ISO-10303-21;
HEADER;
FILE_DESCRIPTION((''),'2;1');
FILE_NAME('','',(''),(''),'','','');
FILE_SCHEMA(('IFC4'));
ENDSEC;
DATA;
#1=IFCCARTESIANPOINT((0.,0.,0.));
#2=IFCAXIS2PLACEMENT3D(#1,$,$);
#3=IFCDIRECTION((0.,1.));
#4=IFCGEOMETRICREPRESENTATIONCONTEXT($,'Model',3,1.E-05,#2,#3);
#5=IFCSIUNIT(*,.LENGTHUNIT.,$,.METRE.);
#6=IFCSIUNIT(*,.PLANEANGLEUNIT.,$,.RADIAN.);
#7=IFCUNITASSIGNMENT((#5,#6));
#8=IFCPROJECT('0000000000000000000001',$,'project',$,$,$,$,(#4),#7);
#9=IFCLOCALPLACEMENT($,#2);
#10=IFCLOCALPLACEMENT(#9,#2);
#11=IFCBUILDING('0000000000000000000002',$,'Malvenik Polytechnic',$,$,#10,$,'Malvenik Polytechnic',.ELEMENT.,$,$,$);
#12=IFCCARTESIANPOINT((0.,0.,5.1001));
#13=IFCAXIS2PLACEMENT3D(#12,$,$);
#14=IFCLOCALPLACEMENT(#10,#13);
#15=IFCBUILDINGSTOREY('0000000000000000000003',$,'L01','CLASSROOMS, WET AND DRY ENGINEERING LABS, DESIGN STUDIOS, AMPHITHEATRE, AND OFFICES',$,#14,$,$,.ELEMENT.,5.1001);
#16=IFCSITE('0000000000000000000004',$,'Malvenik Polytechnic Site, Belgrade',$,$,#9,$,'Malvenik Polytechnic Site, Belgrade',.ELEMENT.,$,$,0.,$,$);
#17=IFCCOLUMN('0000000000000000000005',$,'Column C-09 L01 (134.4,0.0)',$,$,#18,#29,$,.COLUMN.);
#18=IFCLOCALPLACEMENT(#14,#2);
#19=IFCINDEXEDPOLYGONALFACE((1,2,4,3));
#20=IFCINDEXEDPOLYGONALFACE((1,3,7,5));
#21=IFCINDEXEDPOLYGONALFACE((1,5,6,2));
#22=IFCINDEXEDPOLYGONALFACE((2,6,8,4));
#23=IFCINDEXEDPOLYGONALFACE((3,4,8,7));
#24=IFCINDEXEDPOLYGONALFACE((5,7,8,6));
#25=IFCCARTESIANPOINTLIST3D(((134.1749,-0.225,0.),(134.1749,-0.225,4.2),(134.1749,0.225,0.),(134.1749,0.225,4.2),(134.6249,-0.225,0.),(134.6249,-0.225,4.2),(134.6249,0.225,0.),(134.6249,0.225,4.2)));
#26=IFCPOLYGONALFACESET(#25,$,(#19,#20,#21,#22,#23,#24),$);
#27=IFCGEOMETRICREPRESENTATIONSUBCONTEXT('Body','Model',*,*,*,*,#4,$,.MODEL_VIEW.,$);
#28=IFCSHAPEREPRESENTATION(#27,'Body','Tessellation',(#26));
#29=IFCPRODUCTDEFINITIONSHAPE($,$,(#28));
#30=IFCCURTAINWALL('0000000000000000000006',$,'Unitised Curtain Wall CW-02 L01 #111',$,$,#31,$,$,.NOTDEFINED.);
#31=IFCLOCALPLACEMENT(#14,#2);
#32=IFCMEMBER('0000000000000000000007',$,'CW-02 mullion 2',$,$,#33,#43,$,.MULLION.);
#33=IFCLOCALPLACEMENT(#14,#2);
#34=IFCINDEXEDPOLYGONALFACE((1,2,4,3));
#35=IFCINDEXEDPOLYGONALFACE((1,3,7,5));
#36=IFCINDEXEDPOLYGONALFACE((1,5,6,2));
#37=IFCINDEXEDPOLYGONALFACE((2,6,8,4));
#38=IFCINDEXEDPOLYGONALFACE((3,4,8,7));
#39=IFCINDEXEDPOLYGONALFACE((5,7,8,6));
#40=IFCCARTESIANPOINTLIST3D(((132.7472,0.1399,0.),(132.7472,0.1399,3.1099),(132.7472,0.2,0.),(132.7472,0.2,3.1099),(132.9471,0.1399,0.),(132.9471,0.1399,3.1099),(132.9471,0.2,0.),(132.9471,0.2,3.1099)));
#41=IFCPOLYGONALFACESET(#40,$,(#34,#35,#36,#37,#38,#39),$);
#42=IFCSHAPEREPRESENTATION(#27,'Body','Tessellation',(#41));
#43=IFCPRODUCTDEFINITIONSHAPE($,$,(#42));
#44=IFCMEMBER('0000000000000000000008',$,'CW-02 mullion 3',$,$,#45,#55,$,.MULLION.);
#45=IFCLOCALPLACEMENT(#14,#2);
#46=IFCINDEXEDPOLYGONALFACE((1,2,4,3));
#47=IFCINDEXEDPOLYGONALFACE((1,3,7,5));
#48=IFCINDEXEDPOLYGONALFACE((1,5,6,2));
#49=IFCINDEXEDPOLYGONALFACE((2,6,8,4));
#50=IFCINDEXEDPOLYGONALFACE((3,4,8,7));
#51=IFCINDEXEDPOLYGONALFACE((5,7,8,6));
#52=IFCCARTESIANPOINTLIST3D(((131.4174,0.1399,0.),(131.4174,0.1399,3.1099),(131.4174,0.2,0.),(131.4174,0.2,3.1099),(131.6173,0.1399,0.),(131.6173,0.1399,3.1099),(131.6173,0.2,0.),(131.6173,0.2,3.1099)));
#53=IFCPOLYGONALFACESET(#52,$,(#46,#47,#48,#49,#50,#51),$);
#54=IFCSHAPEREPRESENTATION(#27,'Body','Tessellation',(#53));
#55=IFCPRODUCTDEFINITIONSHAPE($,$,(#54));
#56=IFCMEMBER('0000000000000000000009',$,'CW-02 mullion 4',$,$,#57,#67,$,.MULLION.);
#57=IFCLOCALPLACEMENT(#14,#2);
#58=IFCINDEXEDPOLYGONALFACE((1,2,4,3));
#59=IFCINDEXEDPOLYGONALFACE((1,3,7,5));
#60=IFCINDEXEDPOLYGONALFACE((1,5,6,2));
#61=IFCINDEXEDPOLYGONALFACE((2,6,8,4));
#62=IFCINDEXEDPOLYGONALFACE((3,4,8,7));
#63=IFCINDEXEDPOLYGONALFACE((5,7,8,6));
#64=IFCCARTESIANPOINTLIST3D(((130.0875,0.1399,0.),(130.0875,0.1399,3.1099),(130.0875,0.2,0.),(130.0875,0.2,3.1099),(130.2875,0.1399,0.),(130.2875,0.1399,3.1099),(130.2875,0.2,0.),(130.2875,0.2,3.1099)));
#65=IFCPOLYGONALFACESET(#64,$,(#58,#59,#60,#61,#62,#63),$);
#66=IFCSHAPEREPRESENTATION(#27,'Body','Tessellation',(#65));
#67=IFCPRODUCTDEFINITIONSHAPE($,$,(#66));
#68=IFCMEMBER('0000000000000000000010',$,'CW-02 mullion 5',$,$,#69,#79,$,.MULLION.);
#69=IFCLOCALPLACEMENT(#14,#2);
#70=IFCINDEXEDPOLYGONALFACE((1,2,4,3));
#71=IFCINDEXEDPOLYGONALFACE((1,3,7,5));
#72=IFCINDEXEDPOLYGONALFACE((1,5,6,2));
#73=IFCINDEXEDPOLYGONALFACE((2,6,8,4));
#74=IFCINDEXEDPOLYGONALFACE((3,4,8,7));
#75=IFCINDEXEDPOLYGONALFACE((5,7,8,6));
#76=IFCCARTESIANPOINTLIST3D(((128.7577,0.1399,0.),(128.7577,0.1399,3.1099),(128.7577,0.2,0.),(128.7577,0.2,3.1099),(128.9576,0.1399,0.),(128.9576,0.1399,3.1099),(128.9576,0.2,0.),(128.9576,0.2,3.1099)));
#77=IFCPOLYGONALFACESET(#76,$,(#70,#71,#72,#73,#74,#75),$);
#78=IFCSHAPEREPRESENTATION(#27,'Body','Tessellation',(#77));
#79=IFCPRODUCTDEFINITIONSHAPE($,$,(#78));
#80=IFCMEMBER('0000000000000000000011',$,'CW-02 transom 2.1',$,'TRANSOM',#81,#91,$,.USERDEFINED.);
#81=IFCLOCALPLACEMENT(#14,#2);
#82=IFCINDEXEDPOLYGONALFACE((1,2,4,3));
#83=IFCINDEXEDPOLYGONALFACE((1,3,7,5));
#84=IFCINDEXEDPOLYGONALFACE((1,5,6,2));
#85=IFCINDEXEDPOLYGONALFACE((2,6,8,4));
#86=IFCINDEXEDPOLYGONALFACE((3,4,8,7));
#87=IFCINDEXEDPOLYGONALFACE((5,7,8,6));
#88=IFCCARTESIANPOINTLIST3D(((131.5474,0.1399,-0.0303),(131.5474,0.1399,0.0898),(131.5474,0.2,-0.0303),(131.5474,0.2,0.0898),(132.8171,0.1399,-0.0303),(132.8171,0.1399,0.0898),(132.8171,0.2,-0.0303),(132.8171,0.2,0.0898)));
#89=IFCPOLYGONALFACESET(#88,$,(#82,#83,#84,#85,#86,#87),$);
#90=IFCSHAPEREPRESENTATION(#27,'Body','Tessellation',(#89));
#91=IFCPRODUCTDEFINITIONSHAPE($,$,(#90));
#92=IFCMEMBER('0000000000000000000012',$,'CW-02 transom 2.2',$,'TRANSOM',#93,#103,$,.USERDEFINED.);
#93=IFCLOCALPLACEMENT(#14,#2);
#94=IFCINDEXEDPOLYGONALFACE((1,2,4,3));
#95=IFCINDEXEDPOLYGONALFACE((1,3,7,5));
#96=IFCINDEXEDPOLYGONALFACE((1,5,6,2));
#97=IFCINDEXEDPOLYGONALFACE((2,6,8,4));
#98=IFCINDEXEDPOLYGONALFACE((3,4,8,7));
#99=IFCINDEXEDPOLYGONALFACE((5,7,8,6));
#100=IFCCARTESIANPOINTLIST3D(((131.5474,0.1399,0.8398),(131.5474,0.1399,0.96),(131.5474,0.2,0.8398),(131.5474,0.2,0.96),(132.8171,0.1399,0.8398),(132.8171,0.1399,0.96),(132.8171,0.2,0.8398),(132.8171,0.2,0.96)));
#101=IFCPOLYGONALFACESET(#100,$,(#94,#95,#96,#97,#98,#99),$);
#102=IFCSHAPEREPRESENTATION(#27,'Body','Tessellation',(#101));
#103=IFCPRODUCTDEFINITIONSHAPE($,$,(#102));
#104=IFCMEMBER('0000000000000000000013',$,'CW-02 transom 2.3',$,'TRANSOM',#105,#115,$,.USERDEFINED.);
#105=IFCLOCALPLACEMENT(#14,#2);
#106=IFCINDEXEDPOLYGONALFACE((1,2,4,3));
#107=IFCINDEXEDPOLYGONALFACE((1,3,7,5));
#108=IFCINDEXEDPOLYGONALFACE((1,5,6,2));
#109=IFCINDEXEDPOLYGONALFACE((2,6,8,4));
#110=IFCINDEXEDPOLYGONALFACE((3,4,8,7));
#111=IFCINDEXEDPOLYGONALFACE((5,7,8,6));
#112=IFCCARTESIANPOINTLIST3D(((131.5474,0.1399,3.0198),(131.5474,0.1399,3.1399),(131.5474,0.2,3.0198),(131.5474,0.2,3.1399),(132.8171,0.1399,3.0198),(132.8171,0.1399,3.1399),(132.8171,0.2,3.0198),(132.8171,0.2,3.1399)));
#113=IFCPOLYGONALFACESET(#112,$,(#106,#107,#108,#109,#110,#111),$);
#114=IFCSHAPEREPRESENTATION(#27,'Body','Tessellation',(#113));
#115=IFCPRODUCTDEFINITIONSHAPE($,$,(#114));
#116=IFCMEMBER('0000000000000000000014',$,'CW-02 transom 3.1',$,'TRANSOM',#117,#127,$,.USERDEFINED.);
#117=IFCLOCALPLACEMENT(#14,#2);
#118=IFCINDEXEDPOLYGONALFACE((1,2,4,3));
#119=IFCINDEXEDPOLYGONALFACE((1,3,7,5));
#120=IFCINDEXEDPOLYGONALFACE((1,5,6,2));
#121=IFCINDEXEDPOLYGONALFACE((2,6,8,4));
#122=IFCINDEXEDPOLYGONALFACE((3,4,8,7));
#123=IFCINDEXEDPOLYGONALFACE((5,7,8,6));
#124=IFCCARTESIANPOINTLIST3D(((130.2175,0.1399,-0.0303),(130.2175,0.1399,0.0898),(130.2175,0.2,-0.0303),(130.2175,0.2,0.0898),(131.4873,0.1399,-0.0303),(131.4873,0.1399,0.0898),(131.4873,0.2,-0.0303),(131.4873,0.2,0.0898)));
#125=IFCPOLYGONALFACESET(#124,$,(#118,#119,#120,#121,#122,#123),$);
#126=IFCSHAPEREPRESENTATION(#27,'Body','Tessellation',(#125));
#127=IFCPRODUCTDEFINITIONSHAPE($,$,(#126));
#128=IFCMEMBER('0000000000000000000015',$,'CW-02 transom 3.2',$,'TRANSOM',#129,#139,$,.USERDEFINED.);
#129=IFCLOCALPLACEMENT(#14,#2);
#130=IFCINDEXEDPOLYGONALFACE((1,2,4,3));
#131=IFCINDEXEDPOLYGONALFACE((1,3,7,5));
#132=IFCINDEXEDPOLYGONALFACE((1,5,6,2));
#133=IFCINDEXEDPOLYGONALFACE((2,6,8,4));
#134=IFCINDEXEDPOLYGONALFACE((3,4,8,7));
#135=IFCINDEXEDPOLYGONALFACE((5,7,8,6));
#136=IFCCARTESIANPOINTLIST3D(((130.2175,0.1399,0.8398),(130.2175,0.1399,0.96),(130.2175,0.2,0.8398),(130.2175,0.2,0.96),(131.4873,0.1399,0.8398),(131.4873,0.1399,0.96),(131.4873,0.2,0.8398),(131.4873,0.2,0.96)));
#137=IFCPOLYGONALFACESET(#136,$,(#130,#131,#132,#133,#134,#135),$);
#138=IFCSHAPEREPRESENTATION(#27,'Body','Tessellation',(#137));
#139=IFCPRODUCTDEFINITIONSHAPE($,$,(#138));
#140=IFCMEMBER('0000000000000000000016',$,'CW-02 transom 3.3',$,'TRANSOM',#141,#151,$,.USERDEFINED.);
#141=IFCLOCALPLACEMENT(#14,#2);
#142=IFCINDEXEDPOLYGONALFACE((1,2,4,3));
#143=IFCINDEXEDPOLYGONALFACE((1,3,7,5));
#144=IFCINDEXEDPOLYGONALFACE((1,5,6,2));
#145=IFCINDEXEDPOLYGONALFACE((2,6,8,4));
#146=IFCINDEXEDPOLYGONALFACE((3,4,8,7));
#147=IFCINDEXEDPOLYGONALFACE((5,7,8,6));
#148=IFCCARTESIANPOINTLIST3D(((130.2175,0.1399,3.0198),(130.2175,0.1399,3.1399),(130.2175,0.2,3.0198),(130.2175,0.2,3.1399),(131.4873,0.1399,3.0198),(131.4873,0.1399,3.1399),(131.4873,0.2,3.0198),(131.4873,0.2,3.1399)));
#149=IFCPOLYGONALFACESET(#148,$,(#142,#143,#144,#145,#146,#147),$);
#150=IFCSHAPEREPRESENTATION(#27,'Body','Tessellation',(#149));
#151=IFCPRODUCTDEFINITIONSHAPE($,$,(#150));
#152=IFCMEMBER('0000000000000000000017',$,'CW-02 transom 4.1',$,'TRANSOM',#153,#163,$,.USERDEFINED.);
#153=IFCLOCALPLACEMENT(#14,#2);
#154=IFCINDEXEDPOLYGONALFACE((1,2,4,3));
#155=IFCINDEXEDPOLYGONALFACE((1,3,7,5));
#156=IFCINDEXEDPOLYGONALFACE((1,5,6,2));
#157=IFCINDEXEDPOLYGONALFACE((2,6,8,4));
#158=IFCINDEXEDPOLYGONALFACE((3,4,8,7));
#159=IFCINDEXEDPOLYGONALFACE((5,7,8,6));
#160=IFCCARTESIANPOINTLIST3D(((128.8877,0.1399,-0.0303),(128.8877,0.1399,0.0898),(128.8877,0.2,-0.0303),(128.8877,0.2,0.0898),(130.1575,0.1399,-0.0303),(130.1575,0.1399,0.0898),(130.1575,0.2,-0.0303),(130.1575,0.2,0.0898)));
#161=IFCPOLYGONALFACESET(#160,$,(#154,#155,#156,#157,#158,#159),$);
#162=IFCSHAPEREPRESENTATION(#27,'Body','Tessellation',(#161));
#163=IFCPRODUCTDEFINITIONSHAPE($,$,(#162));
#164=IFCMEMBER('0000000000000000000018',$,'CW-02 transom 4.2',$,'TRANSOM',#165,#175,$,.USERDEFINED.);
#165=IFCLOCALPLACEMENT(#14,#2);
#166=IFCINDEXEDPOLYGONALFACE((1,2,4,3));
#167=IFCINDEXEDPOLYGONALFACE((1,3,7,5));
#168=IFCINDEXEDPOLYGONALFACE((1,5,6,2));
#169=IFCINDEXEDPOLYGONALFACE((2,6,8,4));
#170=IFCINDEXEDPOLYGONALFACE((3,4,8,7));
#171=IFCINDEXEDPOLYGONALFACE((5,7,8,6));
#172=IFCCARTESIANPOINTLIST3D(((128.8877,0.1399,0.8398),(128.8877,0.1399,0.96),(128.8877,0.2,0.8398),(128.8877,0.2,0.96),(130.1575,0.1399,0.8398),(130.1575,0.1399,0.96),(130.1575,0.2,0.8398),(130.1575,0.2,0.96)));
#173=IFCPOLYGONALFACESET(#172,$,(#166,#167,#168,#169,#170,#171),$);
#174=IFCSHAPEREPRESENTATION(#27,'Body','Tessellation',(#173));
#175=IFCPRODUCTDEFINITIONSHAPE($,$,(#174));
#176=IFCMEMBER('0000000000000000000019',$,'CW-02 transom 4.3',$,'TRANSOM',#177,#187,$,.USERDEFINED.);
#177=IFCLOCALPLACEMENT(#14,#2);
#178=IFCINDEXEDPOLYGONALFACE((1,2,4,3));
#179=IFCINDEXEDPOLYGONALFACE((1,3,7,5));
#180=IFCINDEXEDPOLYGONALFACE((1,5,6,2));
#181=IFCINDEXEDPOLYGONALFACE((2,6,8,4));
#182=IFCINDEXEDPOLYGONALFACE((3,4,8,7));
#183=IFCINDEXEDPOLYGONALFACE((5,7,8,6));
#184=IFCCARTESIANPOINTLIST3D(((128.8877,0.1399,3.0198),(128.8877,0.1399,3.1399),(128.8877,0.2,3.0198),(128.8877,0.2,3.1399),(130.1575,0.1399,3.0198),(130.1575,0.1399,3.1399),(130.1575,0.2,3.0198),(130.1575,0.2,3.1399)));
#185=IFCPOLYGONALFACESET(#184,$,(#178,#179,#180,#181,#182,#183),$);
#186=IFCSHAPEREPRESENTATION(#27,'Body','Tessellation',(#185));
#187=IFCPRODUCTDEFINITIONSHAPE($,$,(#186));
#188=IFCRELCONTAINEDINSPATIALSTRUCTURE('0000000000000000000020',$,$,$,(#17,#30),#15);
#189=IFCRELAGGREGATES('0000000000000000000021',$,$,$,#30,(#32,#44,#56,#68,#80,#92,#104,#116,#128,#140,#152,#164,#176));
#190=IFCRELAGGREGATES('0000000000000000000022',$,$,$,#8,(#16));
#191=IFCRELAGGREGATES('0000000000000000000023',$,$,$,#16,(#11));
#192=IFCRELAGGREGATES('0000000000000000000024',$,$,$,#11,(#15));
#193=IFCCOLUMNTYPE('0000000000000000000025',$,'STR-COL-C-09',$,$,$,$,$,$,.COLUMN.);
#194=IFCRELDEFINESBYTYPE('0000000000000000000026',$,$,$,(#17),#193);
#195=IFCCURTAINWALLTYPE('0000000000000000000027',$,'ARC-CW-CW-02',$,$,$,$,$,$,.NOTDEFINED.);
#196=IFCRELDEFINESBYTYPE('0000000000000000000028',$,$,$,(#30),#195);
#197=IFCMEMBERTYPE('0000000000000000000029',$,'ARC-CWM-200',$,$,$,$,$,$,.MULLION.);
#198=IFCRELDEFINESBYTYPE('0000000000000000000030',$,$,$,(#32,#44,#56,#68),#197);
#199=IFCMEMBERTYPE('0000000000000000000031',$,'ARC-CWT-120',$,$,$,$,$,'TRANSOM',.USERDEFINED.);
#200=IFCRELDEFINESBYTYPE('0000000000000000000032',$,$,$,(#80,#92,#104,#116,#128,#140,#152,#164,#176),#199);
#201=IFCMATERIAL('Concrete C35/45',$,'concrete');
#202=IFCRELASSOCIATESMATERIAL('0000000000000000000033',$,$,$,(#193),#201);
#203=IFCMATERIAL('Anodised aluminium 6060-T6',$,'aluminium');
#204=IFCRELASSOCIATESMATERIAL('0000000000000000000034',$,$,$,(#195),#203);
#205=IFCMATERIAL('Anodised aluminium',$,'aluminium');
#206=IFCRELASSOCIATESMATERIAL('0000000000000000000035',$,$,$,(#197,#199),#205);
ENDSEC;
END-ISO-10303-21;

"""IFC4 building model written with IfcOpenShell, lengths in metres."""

from ifc_helpers import new_model, si_unit, direction, frame, origin, origin_2d, place, context, subcontext, project, spatial, rectangle, extrude, material, material_profile, profile_set, type_object, element, aggregate, save


model = new_model("IFC4")

# Units and contexts
model_context = context("Model", 3, precision=1e-05, world=origin(), true_north=direction((0.0, 1.0)))
body_context = subcontext(model_context, "Body", "Model", "MODEL_VIEW")
ifc_project = project(units=[si_unit("LENGTHUNIT", "METRE"), si_unit("PLANEANGLEUNIT", "RADIAN")], contexts=[model_context])

# Site, building, storey
site_placement = place(None, origin())
site = spatial("IfcSite", under=ifc_project, at=site_placement, Name="Malvenik Polytechnic Site, Belgrade", LongName="Malvenik Polytechnic Site, Belgrade", CompositionType="ELEMENT", RefElevation=0.0)
building_placement = place(site_placement, origin())
building = spatial("IfcBuilding", under=site, at=building_placement, Name="Malvenik Polytechnic", LongName="Malvenik Polytechnic", CompositionType="ELEMENT")
storey_placement = place(building_placement, frame((0.0, 0.0, 5.1001)))
storey = spatial("IfcBuildingStorey", under=building, at=storey_placement, Name="L01", Description="CLASSROOMS, WET AND DRY ENGINEERING LABS, DESIGN STUDIOS, AMPHITHEATRE, AND OFFICES", CompositionType="ELEMENT", Elevation=5.1001)

# Column
ifc_material_1 = material(Name="Concrete C35/45", Category="concrete")
ifc_material_profile_1 = material_profile(ifc_material_1, rectangle(XDim=0.45, YDim=0.45, at=origin_2d()), Name="RC COL 450x450")
ifc_profile_set_1 = profile_set([ifc_material_profile_1], Name="Concrete C35/45")
column_type = type_object("IfcColumnType", Name="STR-COL-C-09", PredefinedType="COLUMN", material=ifc_profile_set_1)
column_placement = place(storey_placement, frame((134.3999, 0.0, 0.0), z_axis=(0.0, 0.0, 1.0), x_axis=(1.0, 0.0, 0.0)))
element("IfcColumn", 1, at=column_placement, inside=storey, type_object=column_type, Name="Column C-09 L01 (134.4,0.0)", PredefinedType="COLUMN", context=body_context, shape_type="SweptSolid", body=[
    extrude(rectangle(XDim=0.45, YDim=0.45, at=origin_2d()), origin(), (0.0, 0.0, 1.0), 4.2),
])

# Curtain wall, members
ifc_material_2 = material(Name="Anodised aluminium 6060-T6", Category="aluminium")
curtain_wall_type = type_object("IfcCurtainWallType", Name="ARC-CW-CW-02", PredefinedType="NOTDEFINED", material=ifc_material_2)
curtain_wall_placement = place(storey_placement, origin())
curtain_wall = element("IfcCurtainWall", 2, at=curtain_wall_placement, inside=storey, type_object=curtain_wall_type, Name="Unitised Curtain Wall CW-02 L01 #111", PredefinedType="NOTDEFINED")
ifc_material_3 = material(Name="Anodised aluminium", Category="aluminium")
ifc_material_profile_2 = material_profile(ifc_material_3, rectangle(XDim=0.0601, YDim=0.2, at=origin_2d()), Name="ALU MULLION 60x200")
ifc_profile_set_2 = profile_set([ifc_material_profile_2], Name="Anodised aluminium")
member_type_1 = type_object("IfcMemberType", Name="ARC-CWM-200", PredefinedType="MULLION", material=ifc_profile_set_2)
member_1_placement = place(storey_placement, frame((132.8472, 0.1699, 0.0), z_axis=(0.0, 0.0, 1.0), x_axis=(0.0, -1.0, 0.0)))
member_1 = element("IfcMember", 3, at=member_1_placement, type_object=member_type_1, Name="CW-02 mullion 2", PredefinedType="MULLION", context=body_context, shape_type="SweptSolid", body=[
    extrude(rectangle(XDim=0.0601, YDim=0.2, at=origin_2d()), origin(), (0.0, 0.0, 1.0), 3.1099),
])
member_2_placement = place(storey_placement, frame((131.5173, 0.1699, 0.0), z_axis=(0.0, 0.0, 1.0), x_axis=(0.0, -1.0, 0.0)))
member_2 = element("IfcMember", 4, at=member_2_placement, type_object=member_type_1, Name="CW-02 mullion 3", PredefinedType="MULLION", context=body_context, shape_type="SweptSolid", body=[
    extrude(rectangle(XDim=0.0601, YDim=0.2, at=origin_2d()), origin(), (0.0, 0.0, 1.0), 3.1099),
])
member_3_placement = place(storey_placement, frame((130.1875, 0.1699, 0.0), z_axis=(0.0, 0.0, 1.0), x_axis=(0.0, -1.0, 0.0)))
member_3 = element("IfcMember", 5, at=member_3_placement, type_object=member_type_1, Name="CW-02 mullion 4", PredefinedType="MULLION", context=body_context, shape_type="SweptSolid", body=[
    extrude(rectangle(XDim=0.0601, YDim=0.2, at=origin_2d()), origin(), (0.0, 0.0, 1.0), 3.1099),
])
member_4_placement = place(storey_placement, frame((128.8577, 0.1699, 0.0), z_axis=(0.0, 0.0, 1.0), x_axis=(0.0, -1.0, 0.0)))
member_4 = element("IfcMember", 6, at=member_4_placement, type_object=member_type_1, Name="CW-02 mullion 5", PredefinedType="MULLION", context=body_context, shape_type="SweptSolid", body=[
    extrude(rectangle(XDim=0.0601, YDim=0.2, at=origin_2d()), origin(), (0.0, 0.0, 1.0), 3.1099),
])
ifc_material_profile_3 = material_profile(ifc_material_3, rectangle(XDim=0.0601, YDim=0.1201, at=origin_2d()), Name="ALU TRANSOM 60x120")
ifc_profile_set_3 = profile_set([ifc_material_profile_3], Name="Anodised aluminium")
member_type_2 = type_object("IfcMemberType", Name="ARC-CWT-120", ElementType="TRANSOM", PredefinedType="USERDEFINED", material=ifc_profile_set_3)
member_5_placement = place(storey_placement, frame((132.8171, 0.1699, 0.0298), z_axis=(-1.0, 0.0, 0.0), x_axis=(0.0, -1.0, 0.0)))
member_5 = element("IfcMember", 7, at=member_5_placement, type_object=member_type_2, Name="CW-02 transom 2.1", ObjectType="TRANSOM", PredefinedType="USERDEFINED", context=body_context, shape_type="SweptSolid", body=[
    extrude(rectangle(XDim=0.0601, YDim=0.1201, at=origin_2d()), origin(), (0.0, 0.0, 1.0), 1.2698),
])
member_6_placement = place(storey_placement, frame((132.8171, 0.1699, 0.8999), z_axis=(-1.0, 0.0, 0.0), x_axis=(0.0, -1.0, 0.0)))
member_6 = element("IfcMember", 8, at=member_6_placement, type_object=member_type_2, Name="CW-02 transom 2.2", ObjectType="TRANSOM", PredefinedType="USERDEFINED", context=body_context, shape_type="SweptSolid", body=[
    extrude(rectangle(XDim=0.0601, YDim=0.1201, at=origin_2d()), origin(), (0.0, 0.0, 1.0), 1.2698),
])
member_7_placement = place(storey_placement, frame((132.8171, 0.1699, 3.0798), z_axis=(-1.0, 0.0, 0.0), x_axis=(0.0, -1.0, 0.0)))
member_7 = element("IfcMember", 9, at=member_7_placement, type_object=member_type_2, Name="CW-02 transom 2.3", ObjectType="TRANSOM", PredefinedType="USERDEFINED", context=body_context, shape_type="SweptSolid", body=[
    extrude(rectangle(XDim=0.0601, YDim=0.1201, at=origin_2d()), origin(), (0.0, 0.0, 1.0), 1.2698),
])
member_8_placement = place(storey_placement, frame((131.4873, 0.1699, 0.0298), z_axis=(-1.0, 0.0, 0.0), x_axis=(0.0, -1.0, 0.0)))
member_8 = element("IfcMember", 10, at=member_8_placement, type_object=member_type_2, Name="CW-02 transom 3.1", ObjectType="TRANSOM", PredefinedType="USERDEFINED", context=body_context, shape_type="SweptSolid", body=[
    extrude(rectangle(XDim=0.0601, YDim=0.1201, at=origin_2d()), origin(), (0.0, 0.0, 1.0), 1.2698),
])
member_9_placement = place(storey_placement, frame((131.4873, 0.1699, 0.8999), z_axis=(-1.0, 0.0, 0.0), x_axis=(0.0, -1.0, 0.0)))
member_9 = element("IfcMember", 11, at=member_9_placement, type_object=member_type_2, Name="CW-02 transom 3.2", ObjectType="TRANSOM", PredefinedType="USERDEFINED", context=body_context, shape_type="SweptSolid", body=[
    extrude(rectangle(XDim=0.0601, YDim=0.1201, at=origin_2d()), origin(), (0.0, 0.0, 1.0), 1.2698),
])
member_10_placement = place(storey_placement, frame((131.4873, 0.1699, 3.0798), z_axis=(-1.0, 0.0, 0.0), x_axis=(0.0, -1.0, 0.0)))
member_10 = element("IfcMember", 12, at=member_10_placement, type_object=member_type_2, Name="CW-02 transom 3.3", ObjectType="TRANSOM", PredefinedType="USERDEFINED", context=body_context, shape_type="SweptSolid", body=[
    extrude(rectangle(XDim=0.0601, YDim=0.1201, at=origin_2d()), origin(), (0.0, 0.0, 1.0), 1.2698),
])
member_11_placement = place(storey_placement, frame((130.1575, 0.1699, 0.0298), z_axis=(-1.0, 0.0, 0.0), x_axis=(0.0, -1.0, 0.0)))
member_11 = element("IfcMember", 13, at=member_11_placement, type_object=member_type_2, Name="CW-02 transom 4.1", ObjectType="TRANSOM", PredefinedType="USERDEFINED", context=body_context, shape_type="SweptSolid", body=[
    extrude(rectangle(XDim=0.0601, YDim=0.1201, at=origin_2d()), origin(), (0.0, 0.0, 1.0), 1.2698),
])
member_12_placement = place(storey_placement, frame((130.1575, 0.1699, 0.8999), z_axis=(-1.0, 0.0, 0.0), x_axis=(0.0, -1.0, 0.0)))
member_12 = element("IfcMember", 14, at=member_12_placement, type_object=member_type_2, Name="CW-02 transom 4.2", ObjectType="TRANSOM", PredefinedType="USERDEFINED", context=body_context, shape_type="SweptSolid", body=[
    extrude(rectangle(XDim=0.0601, YDim=0.1201, at=origin_2d()), origin(), (0.0, 0.0, 1.0), 1.2698),
])
member_13_placement = place(storey_placement, frame((130.1575, 0.1699, 3.0798), z_axis=(-1.0, 0.0, 0.0), x_axis=(0.0, -1.0, 0.0)))
member_13 = element("IfcMember", 15, at=member_13_placement, type_object=member_type_2, Name="CW-02 transom 4.3", ObjectType="TRANSOM", PredefinedType="USERDEFINED", context=body_context, shape_type="SweptSolid", body=[
    extrude(rectangle(XDim=0.0601, YDim=0.1201, at=origin_2d()), origin(), (0.0, 0.0, 1.0), 1.2698),
])
aggregate(curtain_wall, [member_1, member_2, member_3, member_4, member_5, member_6, member_7, member_8, member_9, member_10, member_11, member_12, member_13])

save(model, "model.ifc")
